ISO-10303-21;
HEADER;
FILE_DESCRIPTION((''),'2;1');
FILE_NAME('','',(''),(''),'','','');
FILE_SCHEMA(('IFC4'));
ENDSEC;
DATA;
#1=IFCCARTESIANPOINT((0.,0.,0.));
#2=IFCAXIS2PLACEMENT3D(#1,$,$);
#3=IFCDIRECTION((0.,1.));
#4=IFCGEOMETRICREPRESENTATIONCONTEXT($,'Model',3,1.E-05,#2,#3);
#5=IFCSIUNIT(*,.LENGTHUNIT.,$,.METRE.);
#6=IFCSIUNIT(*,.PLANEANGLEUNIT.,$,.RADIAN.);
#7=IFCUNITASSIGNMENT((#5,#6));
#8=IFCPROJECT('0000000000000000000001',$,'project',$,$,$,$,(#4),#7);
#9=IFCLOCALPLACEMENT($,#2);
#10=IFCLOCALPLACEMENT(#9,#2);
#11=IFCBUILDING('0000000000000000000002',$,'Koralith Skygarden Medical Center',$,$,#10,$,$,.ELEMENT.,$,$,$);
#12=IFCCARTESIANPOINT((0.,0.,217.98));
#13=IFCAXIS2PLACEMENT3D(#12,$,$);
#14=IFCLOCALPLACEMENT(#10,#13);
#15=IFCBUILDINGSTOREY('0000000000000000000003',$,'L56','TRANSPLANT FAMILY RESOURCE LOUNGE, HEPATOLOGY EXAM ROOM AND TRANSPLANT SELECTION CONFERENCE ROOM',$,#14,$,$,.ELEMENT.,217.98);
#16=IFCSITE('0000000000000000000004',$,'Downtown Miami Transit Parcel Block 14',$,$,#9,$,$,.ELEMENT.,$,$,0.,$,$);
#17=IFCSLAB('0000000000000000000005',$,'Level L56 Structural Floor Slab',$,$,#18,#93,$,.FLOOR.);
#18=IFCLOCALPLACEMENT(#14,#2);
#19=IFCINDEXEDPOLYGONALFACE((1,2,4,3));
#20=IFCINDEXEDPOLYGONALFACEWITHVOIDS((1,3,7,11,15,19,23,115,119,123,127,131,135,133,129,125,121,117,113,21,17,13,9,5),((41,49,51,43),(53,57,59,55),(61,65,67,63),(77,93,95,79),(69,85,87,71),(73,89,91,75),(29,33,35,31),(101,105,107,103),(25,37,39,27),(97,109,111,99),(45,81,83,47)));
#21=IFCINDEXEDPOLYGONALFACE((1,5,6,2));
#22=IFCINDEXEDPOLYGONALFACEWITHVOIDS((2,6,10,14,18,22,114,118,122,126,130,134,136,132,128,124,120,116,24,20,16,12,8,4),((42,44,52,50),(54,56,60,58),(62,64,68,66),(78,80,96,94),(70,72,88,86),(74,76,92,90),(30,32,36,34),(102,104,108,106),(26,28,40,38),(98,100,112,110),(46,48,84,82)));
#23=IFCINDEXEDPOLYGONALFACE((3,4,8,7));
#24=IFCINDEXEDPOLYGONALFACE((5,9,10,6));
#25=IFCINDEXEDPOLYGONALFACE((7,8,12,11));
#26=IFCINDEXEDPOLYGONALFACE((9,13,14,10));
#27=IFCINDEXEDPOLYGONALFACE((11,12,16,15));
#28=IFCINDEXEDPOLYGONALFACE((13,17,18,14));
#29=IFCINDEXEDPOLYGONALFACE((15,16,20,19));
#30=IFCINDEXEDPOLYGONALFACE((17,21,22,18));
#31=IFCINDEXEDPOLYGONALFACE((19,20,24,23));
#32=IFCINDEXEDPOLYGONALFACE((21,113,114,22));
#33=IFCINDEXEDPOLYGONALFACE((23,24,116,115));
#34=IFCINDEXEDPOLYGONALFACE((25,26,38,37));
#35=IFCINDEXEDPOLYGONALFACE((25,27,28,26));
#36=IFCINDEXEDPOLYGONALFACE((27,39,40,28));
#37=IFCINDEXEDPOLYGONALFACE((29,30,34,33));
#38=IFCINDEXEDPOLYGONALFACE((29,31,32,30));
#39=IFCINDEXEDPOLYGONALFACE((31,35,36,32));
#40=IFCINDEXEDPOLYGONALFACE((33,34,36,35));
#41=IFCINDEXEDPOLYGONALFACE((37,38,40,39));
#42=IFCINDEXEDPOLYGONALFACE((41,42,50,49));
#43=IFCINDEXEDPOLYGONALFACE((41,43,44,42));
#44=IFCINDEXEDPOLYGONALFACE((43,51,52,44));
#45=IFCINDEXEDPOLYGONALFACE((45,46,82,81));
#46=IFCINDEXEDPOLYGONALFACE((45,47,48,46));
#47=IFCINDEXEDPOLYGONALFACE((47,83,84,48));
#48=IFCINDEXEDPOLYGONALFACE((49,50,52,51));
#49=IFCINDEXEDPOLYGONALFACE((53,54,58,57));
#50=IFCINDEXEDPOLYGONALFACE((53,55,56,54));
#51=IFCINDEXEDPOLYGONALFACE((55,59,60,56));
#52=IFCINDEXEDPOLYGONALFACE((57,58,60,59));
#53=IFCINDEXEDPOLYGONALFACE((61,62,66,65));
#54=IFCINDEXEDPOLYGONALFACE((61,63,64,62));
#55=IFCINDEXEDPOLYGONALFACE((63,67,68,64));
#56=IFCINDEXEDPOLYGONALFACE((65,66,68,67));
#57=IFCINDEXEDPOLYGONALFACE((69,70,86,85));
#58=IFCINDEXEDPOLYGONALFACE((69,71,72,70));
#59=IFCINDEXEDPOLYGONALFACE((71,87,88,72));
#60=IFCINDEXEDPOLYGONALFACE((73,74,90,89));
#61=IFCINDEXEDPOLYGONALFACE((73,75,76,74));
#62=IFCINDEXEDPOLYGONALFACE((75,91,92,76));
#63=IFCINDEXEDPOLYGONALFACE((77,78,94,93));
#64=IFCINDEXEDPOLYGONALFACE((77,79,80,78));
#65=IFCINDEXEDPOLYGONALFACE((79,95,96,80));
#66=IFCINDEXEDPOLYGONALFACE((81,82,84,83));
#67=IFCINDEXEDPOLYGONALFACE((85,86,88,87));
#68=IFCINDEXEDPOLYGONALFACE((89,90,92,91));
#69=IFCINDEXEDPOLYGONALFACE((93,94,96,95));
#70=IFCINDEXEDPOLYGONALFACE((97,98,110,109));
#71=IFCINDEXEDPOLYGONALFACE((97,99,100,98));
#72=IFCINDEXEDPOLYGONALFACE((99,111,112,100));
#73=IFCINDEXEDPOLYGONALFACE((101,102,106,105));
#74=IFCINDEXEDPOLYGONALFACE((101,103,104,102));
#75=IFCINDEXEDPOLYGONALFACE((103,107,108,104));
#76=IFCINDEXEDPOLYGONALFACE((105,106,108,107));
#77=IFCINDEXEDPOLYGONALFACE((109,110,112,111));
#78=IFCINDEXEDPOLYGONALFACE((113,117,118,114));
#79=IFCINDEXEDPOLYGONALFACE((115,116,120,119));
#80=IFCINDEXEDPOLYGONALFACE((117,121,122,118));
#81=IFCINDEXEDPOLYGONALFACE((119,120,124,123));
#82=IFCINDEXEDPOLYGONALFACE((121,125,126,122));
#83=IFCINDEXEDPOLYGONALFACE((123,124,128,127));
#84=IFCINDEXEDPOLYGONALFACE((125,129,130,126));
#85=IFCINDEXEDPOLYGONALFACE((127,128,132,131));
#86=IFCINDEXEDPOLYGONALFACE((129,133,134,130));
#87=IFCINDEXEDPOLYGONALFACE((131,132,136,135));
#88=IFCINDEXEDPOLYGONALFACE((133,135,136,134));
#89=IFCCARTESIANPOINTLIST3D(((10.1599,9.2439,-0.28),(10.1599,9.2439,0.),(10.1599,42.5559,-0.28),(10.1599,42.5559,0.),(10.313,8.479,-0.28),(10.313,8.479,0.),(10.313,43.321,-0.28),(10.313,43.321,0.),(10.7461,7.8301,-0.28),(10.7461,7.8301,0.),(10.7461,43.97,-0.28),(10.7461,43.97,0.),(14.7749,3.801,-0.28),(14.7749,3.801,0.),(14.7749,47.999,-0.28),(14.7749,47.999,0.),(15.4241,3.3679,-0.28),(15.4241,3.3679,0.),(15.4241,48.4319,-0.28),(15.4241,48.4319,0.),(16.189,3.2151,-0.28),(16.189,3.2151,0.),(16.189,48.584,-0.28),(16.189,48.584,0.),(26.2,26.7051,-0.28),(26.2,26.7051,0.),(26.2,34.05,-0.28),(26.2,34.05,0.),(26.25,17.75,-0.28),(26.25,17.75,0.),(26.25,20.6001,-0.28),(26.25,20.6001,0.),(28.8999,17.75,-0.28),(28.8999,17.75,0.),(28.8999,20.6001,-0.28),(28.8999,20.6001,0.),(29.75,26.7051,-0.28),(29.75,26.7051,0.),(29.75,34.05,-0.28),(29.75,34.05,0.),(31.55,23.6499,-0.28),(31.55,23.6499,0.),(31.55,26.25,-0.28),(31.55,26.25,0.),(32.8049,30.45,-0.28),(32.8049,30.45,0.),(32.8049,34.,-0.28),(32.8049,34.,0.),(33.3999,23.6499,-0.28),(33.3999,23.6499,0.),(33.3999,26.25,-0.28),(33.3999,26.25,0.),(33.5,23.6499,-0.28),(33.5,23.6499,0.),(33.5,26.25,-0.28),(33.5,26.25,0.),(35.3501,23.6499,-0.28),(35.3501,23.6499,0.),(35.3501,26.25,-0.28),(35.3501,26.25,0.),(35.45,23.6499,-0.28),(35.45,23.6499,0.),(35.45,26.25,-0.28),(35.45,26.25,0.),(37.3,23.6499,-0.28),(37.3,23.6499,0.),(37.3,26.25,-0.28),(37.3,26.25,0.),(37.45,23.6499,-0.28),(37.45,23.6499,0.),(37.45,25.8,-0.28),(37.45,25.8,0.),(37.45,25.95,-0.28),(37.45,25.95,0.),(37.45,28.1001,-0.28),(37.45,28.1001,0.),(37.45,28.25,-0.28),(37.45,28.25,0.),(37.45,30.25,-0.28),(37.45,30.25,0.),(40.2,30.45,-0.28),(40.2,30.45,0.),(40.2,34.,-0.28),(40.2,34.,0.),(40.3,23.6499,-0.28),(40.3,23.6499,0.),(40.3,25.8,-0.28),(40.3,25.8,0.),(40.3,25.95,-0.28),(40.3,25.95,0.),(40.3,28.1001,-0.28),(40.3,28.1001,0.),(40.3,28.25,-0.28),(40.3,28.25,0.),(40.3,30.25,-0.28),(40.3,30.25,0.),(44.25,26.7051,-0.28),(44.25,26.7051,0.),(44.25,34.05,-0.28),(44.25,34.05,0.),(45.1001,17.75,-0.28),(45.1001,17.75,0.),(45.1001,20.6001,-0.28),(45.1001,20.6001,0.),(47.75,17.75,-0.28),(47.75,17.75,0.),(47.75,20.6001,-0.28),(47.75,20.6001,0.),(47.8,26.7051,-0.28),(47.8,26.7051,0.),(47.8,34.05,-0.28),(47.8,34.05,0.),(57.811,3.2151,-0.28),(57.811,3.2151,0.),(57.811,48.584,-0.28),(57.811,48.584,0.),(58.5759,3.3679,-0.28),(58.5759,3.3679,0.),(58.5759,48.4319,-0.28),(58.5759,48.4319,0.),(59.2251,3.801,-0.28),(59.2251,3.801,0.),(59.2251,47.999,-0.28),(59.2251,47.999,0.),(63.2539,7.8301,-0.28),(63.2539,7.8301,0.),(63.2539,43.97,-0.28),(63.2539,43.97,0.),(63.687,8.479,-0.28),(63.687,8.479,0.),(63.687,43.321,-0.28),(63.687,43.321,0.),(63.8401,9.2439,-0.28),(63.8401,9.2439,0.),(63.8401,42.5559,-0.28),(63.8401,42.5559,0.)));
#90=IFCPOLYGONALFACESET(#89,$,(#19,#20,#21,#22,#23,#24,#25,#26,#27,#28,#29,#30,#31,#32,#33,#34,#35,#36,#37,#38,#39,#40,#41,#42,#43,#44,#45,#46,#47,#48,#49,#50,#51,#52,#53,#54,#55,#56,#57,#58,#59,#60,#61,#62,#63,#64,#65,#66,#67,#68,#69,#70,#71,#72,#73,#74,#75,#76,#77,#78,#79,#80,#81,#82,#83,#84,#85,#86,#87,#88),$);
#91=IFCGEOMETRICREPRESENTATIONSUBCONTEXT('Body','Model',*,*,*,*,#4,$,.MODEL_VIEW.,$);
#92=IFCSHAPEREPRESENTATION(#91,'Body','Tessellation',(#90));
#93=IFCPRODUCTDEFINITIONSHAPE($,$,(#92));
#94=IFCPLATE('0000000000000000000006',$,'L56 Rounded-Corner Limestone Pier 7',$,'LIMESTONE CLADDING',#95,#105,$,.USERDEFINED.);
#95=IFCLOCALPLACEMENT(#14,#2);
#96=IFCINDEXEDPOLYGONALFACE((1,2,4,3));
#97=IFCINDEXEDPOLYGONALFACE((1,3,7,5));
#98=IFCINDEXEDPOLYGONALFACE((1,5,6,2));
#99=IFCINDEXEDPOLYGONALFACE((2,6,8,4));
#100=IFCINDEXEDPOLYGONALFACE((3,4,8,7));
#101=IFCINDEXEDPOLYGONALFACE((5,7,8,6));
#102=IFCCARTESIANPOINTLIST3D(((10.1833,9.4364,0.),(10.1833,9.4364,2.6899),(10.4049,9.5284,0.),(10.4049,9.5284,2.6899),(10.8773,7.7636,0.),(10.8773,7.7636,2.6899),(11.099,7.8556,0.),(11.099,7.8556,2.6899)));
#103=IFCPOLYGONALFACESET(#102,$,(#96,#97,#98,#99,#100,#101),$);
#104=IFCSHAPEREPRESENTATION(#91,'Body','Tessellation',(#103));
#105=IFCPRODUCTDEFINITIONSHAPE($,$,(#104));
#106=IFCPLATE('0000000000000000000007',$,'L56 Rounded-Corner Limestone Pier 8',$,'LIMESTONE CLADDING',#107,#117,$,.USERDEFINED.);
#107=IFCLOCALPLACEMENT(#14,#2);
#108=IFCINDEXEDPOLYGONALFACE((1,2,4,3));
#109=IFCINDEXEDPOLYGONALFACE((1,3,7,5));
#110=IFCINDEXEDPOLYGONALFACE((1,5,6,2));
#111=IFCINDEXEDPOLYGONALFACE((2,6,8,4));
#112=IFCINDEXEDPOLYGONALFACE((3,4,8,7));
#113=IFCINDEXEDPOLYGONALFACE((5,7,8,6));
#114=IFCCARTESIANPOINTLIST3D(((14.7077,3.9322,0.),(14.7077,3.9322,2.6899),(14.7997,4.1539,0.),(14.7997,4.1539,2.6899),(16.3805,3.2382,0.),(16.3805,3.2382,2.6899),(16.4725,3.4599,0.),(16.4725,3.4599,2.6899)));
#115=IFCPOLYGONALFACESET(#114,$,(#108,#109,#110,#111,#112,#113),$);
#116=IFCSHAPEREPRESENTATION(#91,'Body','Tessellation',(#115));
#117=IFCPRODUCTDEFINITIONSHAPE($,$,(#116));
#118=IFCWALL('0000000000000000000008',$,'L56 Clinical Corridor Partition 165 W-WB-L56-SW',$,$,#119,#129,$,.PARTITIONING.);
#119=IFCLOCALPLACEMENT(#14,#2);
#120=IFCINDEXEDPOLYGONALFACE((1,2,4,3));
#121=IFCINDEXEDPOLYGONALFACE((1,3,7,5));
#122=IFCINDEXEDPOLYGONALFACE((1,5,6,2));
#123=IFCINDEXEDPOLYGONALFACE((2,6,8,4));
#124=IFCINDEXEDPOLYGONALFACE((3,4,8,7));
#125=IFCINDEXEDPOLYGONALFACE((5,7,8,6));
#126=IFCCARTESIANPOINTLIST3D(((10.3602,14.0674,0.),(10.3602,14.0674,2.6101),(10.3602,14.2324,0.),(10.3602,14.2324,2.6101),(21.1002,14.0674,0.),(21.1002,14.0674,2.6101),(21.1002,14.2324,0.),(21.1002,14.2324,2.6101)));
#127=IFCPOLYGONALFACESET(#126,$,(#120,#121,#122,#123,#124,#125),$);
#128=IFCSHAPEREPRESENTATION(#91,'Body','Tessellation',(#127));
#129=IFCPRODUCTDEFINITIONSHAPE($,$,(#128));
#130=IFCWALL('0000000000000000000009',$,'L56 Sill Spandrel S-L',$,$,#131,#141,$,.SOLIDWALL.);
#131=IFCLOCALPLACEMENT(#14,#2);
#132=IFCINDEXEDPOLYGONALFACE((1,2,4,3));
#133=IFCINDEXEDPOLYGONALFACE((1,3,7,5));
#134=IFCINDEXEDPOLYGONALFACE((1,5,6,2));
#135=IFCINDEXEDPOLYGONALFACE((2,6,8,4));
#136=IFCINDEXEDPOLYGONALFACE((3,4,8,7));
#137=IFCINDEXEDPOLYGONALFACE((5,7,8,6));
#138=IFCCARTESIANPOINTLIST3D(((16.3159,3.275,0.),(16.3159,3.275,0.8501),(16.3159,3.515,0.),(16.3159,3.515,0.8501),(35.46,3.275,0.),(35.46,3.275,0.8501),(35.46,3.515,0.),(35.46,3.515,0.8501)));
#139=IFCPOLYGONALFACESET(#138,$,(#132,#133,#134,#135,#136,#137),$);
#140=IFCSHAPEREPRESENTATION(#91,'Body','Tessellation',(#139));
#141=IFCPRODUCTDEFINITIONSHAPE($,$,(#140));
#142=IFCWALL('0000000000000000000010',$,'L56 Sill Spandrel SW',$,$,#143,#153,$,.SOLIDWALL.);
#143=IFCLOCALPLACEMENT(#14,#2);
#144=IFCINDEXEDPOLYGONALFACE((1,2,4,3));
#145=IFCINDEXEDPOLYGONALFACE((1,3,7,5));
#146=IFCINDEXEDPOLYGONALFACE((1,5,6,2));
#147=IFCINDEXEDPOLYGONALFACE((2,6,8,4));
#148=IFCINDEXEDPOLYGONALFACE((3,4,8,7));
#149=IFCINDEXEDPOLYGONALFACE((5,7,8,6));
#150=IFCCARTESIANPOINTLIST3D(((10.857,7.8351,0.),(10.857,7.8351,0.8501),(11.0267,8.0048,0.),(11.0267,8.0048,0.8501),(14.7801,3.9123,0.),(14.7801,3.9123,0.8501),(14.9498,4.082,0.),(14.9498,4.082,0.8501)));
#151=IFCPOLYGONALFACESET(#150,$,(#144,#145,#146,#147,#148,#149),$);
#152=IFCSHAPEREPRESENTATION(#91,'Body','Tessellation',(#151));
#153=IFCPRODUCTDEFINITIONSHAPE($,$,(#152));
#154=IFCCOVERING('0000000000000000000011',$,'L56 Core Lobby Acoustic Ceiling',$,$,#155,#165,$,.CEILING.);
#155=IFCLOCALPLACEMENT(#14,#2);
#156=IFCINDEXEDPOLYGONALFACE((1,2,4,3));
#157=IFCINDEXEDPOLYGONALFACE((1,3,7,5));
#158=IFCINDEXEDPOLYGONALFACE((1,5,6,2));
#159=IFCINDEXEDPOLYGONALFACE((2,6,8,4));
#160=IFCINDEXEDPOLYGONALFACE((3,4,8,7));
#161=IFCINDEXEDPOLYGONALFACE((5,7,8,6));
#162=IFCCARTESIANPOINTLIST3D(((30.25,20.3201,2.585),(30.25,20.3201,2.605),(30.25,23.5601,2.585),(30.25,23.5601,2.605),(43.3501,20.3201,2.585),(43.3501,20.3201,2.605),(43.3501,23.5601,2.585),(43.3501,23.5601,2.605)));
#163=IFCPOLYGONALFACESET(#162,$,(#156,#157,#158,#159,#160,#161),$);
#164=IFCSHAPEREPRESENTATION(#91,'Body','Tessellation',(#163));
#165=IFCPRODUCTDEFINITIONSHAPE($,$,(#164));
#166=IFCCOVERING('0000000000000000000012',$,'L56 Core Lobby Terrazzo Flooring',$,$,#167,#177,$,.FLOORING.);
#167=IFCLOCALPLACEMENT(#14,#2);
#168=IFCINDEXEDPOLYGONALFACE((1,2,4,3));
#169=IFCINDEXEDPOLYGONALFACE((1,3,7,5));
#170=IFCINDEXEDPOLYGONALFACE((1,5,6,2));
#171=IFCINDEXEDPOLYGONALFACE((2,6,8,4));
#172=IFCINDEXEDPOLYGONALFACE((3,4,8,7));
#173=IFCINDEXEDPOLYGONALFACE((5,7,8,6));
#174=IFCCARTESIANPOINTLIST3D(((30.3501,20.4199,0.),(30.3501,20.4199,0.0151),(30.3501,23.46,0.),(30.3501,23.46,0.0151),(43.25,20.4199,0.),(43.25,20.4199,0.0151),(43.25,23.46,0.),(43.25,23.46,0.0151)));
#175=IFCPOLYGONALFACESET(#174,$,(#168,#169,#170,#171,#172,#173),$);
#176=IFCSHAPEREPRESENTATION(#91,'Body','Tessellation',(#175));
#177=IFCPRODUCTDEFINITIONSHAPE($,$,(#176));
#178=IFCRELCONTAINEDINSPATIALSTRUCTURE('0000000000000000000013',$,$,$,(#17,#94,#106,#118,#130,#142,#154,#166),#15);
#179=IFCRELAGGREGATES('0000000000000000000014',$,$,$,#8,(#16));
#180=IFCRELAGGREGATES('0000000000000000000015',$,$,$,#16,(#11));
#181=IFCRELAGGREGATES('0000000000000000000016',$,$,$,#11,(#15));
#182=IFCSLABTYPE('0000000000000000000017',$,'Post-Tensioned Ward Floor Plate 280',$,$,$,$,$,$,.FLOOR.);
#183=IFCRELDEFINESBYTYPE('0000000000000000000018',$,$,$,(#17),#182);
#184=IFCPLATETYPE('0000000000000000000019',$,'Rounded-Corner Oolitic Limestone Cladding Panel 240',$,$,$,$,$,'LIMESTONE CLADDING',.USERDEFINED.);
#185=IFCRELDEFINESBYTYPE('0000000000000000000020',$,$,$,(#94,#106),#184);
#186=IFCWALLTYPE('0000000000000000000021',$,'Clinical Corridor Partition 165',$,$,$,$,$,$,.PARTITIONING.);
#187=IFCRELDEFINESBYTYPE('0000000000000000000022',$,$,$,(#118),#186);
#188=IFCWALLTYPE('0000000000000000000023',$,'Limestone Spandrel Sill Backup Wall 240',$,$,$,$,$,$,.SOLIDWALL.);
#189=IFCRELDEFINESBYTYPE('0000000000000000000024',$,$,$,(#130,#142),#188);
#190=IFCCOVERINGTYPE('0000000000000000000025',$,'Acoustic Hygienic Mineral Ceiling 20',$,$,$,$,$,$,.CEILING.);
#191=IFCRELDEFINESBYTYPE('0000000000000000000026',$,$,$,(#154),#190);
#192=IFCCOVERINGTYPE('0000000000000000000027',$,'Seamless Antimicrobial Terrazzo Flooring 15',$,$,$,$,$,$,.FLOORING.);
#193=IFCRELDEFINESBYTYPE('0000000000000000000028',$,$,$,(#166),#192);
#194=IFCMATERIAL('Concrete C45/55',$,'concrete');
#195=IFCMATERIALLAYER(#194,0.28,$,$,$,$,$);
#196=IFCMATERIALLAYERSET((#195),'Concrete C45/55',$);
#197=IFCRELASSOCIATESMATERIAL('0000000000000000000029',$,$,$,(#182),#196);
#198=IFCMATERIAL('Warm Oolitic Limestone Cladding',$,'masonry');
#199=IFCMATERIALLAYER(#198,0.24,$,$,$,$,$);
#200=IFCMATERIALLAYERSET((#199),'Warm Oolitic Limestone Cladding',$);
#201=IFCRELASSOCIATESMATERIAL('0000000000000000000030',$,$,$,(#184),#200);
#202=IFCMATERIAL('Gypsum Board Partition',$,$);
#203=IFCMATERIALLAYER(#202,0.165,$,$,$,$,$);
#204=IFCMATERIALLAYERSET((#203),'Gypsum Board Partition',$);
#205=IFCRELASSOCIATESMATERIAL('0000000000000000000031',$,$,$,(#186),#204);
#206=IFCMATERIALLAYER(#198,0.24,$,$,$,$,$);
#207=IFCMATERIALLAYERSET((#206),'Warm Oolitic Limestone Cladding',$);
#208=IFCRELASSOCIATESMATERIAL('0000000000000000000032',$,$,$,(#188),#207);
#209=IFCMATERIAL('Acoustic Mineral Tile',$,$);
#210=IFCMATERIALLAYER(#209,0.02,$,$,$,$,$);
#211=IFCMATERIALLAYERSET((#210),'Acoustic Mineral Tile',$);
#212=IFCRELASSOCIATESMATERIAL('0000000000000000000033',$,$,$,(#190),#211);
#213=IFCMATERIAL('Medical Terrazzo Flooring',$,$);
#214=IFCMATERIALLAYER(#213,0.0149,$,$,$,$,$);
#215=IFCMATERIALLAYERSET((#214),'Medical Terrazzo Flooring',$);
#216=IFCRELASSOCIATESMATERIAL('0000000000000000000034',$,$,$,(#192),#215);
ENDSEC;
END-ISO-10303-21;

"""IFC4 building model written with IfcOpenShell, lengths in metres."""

from ifc_helpers import new_model, si_unit, direction, frame, frame_2d, origin, origin_2d, place, context, subcontext, project, spatial, polyline, rectangle, outline, extrude, material, layer, layer_set, type_object, element, save


model = new_model("IFC4")

# Units and contexts
model_context = context("Model", 3, precision=1e-05, world=origin(), true_north=direction((0.0, 1.0)))
body_context = subcontext(model_context, "Body", "Model", "MODEL_VIEW")
ifc_project = project(units=[si_unit("LENGTHUNIT", "METRE"), si_unit("PLANEANGLEUNIT", "RADIAN")], contexts=[model_context])

# Site, building, storey
site_placement = place(None, origin())
site = spatial("IfcSite", under=ifc_project, at=site_placement, Name="Downtown Miami Transit Parcel Block 14", CompositionType="ELEMENT", RefElevation=0.0)
building_placement = place(site_placement, origin())
building = spatial("IfcBuilding", under=site, at=building_placement, Name="Koralith Skygarden Medical Center", CompositionType="ELEMENT")
storey_placement = place(building_placement, frame((0.0, 0.0, 217.98)))
storey = spatial("IfcBuildingStorey", under=building, at=storey_placement, Name="L56", Description="TRANSPLANT FAMILY RESOURCE LOUNGE, HEPATOLOGY EXAM ROOM AND TRANSPLANT SELECTION CONFERENCE ROOM", CompositionType="ELEMENT", Elevation=217.98)

# Shared definitions
ifc_material_1 = material(Name="Concrete C45/55", Category="concrete")

# Slab
ifc_layer_1 = layer(ifc_material_1, 0.28)
ifc_layer_set_1 = layer_set([ifc_layer_1], Name="Concrete C45/55")
slab_type_1 = type_object("IfcSlabType", Name="Post-Tensioned Ward Floor Plate 280", PredefinedType="FLOOR", material=ifc_layer_set_1)
slab_1_placement = place(storey_placement, frame((0.0, 0.0, -0.28)))
element("IfcSlab", 1, at=slab_1_placement, inside=storey, type_object=slab_type_1, Name="Level L56 Structural Floor Slab", PredefinedType="FLOOR", context=body_context, shape_type="SweptSolid", body=[
    extrude(outline(polyline([(14.7749, 3.801), (15.4241, 3.3679), (16.189, 3.2151), (57.811, 3.2151), (58.5759, 3.3679), (59.2251, 3.801), (63.2539, 7.8301), (63.687, 8.479), (63.8401, 9.2439), (63.8401, 42.5559), (63.687, 43.321), (63.2539, 43.97), (59.2251, 47.999), (58.5759, 48.4319), (57.811, 48.584), (16.189, 48.584), (15.4241, 48.4319), (14.7749, 47.999), (10.7461, 43.97), (10.313, 43.321), (10.1599, 42.5559), (10.1599, 9.2439), (10.313, 8.479), (10.7461, 7.8301), (14.7749, 3.801)]), holes=[polyline([(26.2, 26.7051), (29.75, 26.7051), (29.75, 34.05), (26.2, 34.05), (26.2, 26.7051)]), polyline([(44.25, 26.7051), (47.8, 26.7051), (47.8, 34.05), (44.25, 34.05), (44.25, 26.7051)]), polyline([(32.8049, 30.45), (40.2, 30.45), (40.2, 34.0), (32.8049, 34.0), (32.8049, 30.45)]), polyline([(26.25, 17.75), (28.8999, 17.75), (28.8999, 20.6001), (26.25, 20.6001), (26.25, 17.75)]), polyline([(45.1001, 17.75), (47.75, 17.75), (47.75, 20.6001), (45.1001, 20.6001), (45.1001, 17.75)]), polyline([(31.55, 23.6499), (33.3999, 23.6499), (33.3999, 26.25), (31.55, 26.25), (31.55, 23.6499)]), polyline([(33.5, 23.6499), (35.3501, 23.6499), (35.3501, 26.25), (33.5, 26.25), (33.5, 23.6499)]), polyline([(35.45, 23.6499), (37.3, 23.6499), (37.3, 26.25), (35.45, 26.25), (35.45, 23.6499)]), polyline([(37.45, 23.6499), (40.3, 23.6499), (40.3, 25.8), (37.45, 25.8), (37.45, 23.6499)]), polyline([(37.45, 25.95), (40.3, 25.95), (40.3, 28.1001), (37.45, 28.1001), (37.45, 25.95)]), polyline([(37.45, 28.25), (40.3, 28.25), (40.3, 30.25), (37.45, 30.25), (37.45, 28.25)])]), origin(), (0.0, 0.0, 1.0), 0.28),
])

# Plates
ifc_material_2 = material(Name="Warm Oolitic Limestone Cladding", Category="masonry")
ifc_layer_2 = layer(ifc_material_2, 0.24)
ifc_layer_set_2 = layer_set([ifc_layer_2], Name="Warm Oolitic Limestone Cladding")
plate_type_1 = type_object("IfcPlateType", Name="Rounded-Corner Oolitic Limestone Cladding Panel 240", ElementType="LIMESTONE CLADDING", PredefinedType="USERDEFINED", material=ifc_layer_set_2)
for number, where, z_axis, x_axis, name in (
    (2, (10.6411, 8.646, 0.0), (0.0, 0.0, 1.0), (0.383214, -0.92366, 0.0), "L56 Rounded-Corner Limestone Pier 7"),
    (3, (15.5901, 3.696, 0.0), (0.0, 0.0, 1.0), (0.92366, -0.383214, 0.0), "L56 Rounded-Corner Limestone Pier 8"),
):
    element("IfcPlate", number, at=place(storey_placement, frame(where, z_axis=z_axis, x_axis=x_axis)), inside=storey, type_object=plate_type_1, Name=name, ObjectType="LIMESTONE CLADDING", PredefinedType="USERDEFINED", context=body_context, shape_type="SweptSolid", body=[
        extrude(rectangle(XDim=1.811, YDim=0.24, at=origin_2d()), origin(), (0.0, 0.0, 1.0), 2.6899),
    ])

# Walls
ifc_material_3 = material(Name="Gypsum Board Partition")
ifc_layer_3 = layer(ifc_material_3, 0.165)
ifc_layer_set_3 = layer_set([ifc_layer_3], Name="Gypsum Board Partition")
wall_type_1 = type_object("IfcWallType", Name="Clinical Corridor Partition 165", PredefinedType="PARTITIONING", material=ifc_layer_set_3)
wall_1_placement = place(storey_placement, frame((10.3601, 14.1499, 0.0), z_axis=(0.0, 0.0, 1.0), x_axis=(1.0, 0.0, 0.0)))
element("IfcWall", 4, at=wall_1_placement, inside=storey, type_object=wall_type_1, Name="L56 Clinical Corridor Partition 165 W-WB-L56-SW", PredefinedType="PARTITIONING", context=body_context, shape_type="SweptSolid", body=[
    extrude(rectangle(XDim=10.74, YDim=0.165, at=frame_2d((5.3701, 0.0))), origin(), (0.0, 0.0, 1.0), 2.6101),
])
ifc_layer_4 = layer(ifc_material_2, 0.24)
ifc_layer_set_4 = layer_set([ifc_layer_4], Name="Warm Oolitic Limestone Cladding")
wall_type_2 = type_object("IfcWallType", Name="Limestone Spandrel Sill Backup Wall 240", PredefinedType="SOLIDWALL", material=ifc_layer_set_4)
wall_2_placement = place(storey_placement, frame((16.3159, 3.395, 0.0), z_axis=(0.0, 0.0, 1.0), x_axis=(1.0, 0.0, 0.0)))
element("IfcWall", 5, at=wall_2_placement, inside=storey, type_object=wall_type_2, Name="L56 Sill Spandrel S-L", PredefinedType="SOLIDWALL", context=body_context, shape_type="SweptSolid", body=[
    extrude(rectangle(XDim=19.144, YDim=0.24, at=frame_2d((9.572, 0.0))), origin(), (0.0, 0.0, 1.0), 0.8501),
])
wall_3_placement = place(storey_placement, frame((10.9419, 7.9199, 0.0), z_axis=(0.0, 0.0, 1.0), x_axis=(0.707129, -0.707085, 0.0)))
element("IfcWall", 6, at=wall_3_placement, inside=storey, type_object=wall_type_2, Name="L56 Sill Spandrel SW", PredefinedType="SOLIDWALL", context=body_context, shape_type="SweptSolid", body=[
    extrude(rectangle(XDim=5.5479, YDim=0.24, at=frame_2d((2.7739, 0.0))), origin(), (0.0, 0.0, 1.0), 0.8501),
])

# Coverings
ifc_material_4 = material(Name="Acoustic Mineral Tile")
ifc_layer_5 = layer(ifc_material_4, 0.02)
ifc_layer_set_5 = layer_set([ifc_layer_5], Name="Acoustic Mineral Tile")
covering_type_1 = type_object("IfcCoveringType", Name="Acoustic Hygienic Mineral Ceiling 20", PredefinedType="CEILING", material=ifc_layer_set_5)
covering_1_placement = place(storey_placement, frame((0.0, 0.0, 2.585)))
element("IfcCovering", 7, at=covering_1_placement, inside=storey, type_object=covering_type_1, Name="L56 Core Lobby Acoustic Ceiling", PredefinedType="CEILING", context=body_context, shape_type="SweptSolid", body=[
    extrude(outline(polyline([(30.25, 20.3201), (43.3501, 20.3201), (43.3501, 23.5601), (30.25, 23.5601), (30.25, 20.3201)])), origin(), (0.0, 0.0, 1.0), 0.02),
])
ifc_material_5 = material(Name="Medical Terrazzo Flooring")
ifc_layer_6 = layer(ifc_material_5, 0.0149)
ifc_layer_set_6 = layer_set([ifc_layer_6], Name="Medical Terrazzo Flooring")
covering_type_2 = type_object("IfcCoveringType", Name="Seamless Antimicrobial Terrazzo Flooring 15", PredefinedType="FLOORING", material=ifc_layer_set_6)
covering_2_placement = place(storey_placement, origin())
element("IfcCovering", 8, at=covering_2_placement, inside=storey, type_object=covering_type_2, Name="L56 Core Lobby Terrazzo Flooring", PredefinedType="FLOORING", context=body_context, shape_type="SweptSolid", body=[
    extrude(outline(polyline([(30.3501, 20.4199), (43.25, 20.4199), (43.25, 23.46), (30.3501, 23.46), (30.3501, 20.4199)])), origin(), (0.0, 0.0, 1.0), 0.0151),
])

save(model, "model.ifc")
